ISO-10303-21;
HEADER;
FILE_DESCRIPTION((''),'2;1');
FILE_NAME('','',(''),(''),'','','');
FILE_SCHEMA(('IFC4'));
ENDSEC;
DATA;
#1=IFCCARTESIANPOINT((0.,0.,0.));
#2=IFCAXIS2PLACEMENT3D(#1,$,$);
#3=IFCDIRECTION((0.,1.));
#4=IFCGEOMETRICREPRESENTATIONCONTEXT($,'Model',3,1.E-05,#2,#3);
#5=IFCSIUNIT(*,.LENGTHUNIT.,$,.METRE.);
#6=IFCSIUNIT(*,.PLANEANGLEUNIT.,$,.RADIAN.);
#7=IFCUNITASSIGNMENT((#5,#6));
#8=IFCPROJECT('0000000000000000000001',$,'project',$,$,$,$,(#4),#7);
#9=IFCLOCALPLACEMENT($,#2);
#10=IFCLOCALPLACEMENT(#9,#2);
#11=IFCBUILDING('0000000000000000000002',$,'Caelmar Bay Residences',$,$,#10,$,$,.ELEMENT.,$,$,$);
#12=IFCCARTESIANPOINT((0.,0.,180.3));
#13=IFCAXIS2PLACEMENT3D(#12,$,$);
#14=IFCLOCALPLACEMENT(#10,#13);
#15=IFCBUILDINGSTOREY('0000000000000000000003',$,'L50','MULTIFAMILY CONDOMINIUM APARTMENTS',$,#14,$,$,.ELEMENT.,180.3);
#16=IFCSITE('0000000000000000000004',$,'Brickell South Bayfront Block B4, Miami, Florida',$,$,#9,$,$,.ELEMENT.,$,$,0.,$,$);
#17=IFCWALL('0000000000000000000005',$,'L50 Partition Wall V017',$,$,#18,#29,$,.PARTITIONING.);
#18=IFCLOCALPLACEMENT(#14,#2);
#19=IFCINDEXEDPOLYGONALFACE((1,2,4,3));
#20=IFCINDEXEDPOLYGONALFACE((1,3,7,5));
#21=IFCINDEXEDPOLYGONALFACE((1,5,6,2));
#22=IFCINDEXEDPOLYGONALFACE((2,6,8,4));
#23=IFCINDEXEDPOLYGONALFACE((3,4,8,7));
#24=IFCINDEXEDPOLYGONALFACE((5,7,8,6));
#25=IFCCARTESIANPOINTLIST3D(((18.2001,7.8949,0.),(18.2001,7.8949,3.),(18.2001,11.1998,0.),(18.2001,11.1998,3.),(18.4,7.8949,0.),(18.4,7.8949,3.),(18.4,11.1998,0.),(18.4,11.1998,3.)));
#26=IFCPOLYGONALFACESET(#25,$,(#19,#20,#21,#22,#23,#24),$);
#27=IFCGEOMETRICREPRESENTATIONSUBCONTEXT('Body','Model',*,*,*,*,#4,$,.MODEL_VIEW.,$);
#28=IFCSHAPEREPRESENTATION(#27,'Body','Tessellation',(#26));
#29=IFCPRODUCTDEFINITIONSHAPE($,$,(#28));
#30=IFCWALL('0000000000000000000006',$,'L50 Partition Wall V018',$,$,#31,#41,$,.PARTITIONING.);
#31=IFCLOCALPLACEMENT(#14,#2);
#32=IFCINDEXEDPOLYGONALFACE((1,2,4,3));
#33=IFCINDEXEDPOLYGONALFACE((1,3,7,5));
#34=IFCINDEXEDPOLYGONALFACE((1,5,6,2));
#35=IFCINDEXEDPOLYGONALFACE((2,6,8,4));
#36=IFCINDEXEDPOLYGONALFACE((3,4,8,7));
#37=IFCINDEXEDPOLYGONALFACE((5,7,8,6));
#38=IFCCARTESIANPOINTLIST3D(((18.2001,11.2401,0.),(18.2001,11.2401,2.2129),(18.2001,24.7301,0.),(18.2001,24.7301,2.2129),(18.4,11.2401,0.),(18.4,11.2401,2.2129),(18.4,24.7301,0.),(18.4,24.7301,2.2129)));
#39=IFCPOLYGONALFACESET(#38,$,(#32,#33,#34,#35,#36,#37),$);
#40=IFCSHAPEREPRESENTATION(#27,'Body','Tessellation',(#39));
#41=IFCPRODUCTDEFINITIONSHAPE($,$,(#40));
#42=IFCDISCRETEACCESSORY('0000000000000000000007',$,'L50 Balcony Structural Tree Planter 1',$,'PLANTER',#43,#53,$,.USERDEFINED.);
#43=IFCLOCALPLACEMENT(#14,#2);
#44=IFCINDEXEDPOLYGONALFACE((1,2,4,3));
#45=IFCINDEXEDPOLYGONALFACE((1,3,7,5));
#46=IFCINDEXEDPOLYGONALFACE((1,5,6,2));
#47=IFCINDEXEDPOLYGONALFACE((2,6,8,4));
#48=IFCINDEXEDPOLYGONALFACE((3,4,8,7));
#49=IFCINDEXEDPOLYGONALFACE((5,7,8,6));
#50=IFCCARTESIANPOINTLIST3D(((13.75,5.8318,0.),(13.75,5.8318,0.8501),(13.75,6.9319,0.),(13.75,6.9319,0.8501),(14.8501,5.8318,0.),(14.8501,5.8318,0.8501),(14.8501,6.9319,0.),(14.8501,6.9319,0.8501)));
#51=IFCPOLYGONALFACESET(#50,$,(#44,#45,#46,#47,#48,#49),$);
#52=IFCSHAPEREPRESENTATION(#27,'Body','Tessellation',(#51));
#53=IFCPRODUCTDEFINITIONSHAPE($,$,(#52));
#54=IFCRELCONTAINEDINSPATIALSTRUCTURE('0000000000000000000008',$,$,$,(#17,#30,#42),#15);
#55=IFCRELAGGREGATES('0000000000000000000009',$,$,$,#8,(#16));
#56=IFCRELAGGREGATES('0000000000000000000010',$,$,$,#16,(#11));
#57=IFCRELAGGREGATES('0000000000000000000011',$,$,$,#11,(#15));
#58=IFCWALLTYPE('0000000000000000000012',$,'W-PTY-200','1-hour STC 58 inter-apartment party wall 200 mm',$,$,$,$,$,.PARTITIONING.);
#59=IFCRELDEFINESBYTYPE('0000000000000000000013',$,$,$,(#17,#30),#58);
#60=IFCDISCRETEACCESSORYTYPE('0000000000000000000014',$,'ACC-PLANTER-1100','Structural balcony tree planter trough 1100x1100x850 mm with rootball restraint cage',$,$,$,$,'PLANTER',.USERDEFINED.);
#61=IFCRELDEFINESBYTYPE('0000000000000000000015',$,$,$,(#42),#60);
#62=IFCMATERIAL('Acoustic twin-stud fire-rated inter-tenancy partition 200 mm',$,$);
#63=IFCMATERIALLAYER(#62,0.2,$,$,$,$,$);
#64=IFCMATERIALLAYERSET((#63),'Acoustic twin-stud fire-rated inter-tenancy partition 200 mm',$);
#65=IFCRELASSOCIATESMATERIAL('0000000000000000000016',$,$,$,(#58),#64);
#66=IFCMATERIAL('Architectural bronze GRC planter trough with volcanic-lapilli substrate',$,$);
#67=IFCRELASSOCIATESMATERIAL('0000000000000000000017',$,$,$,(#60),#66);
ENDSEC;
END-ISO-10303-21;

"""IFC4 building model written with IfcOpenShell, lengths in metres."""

from ifc_helpers import new_model, si_unit, direction, frame, frame_2d, origin, origin_2d, place, context, subcontext, project, spatial, rectangle, extrude, material, layer, layer_set, type_object, element, save


model = new_model("IFC4")

# Units and contexts
model_context = context("Model", 3, precision=1e-05, world=origin(), true_north=direction((0.0, 1.0)))
body_context = subcontext(model_context, "Body", "Model", "MODEL_VIEW")
ifc_project = project(units=[si_unit("LENGTHUNIT", "METRE"), si_unit("PLANEANGLEUNIT", "RADIAN")], contexts=[model_context])

# Site, building, storey
site_placement = place(None, origin())
site = spatial("IfcSite", under=ifc_project, at=site_placement, Name="Brickell South Bayfront Block B4, Miami, Florida", CompositionType="ELEMENT", RefElevation=0.0)
building_placement = place(site_placement, origin())
building = spatial("IfcBuilding", under=site, at=building_placement, Name="Caelmar Bay Residences", CompositionType="ELEMENT")
storey_placement = place(building_placement, frame((0.0, 0.0, 180.3)))
storey = spatial("IfcBuildingStorey", under=building, at=storey_placement, Name="L50", Description="MULTIFAMILY CONDOMINIUM APARTMENTS", CompositionType="ELEMENT", Elevation=180.3)

# Walls
ifc_material_1 = material(Name="Acoustic twin-stud fire-rated inter-tenancy partition 200 mm")
ifc_layer_1 = layer(ifc_material_1, 0.2)
ifc_layer_set_1 = layer_set([ifc_layer_1], Name="Acoustic twin-stud fire-rated inter-tenancy partition 200 mm")
wall_type_1 = type_object("IfcWallType", Name="W-PTY-200", Description="1-hour STC 58 inter-apartment party wall 200 mm", PredefinedType="PARTITIONING", material=ifc_layer_set_1)
wall_1_placement = place(storey_placement, frame((18.3, 7.895, 0.0), z_axis=(0.0, 0.0, 1.0), x_axis=(0.0, 1.0, 0.0)))
element("IfcWall", 1, at=wall_1_placement, inside=storey, type_object=wall_type_1, Name="L50 Partition Wall V017", PredefinedType="PARTITIONING", context=body_context, shape_type="SweptSolid", body=[
    extrude(rectangle(XDim=3.3049, YDim=0.2, at=frame_2d((1.6523, 0.0))), origin(), (0.0, 0.0, 1.0), 3.0),
])
wall_2_placement = place(storey_placement, frame((18.3, 11.24, 0.0), z_axis=(0.0, 0.0, 1.0), x_axis=(0.0, 1.0, 0.0)))
element("IfcWall", 2, at=wall_2_placement, inside=storey, type_object=wall_type_1, Name="L50 Partition Wall V018", PredefinedType="PARTITIONING", context=body_context, shape_type="SweptSolid", body=[
    extrude(rectangle(XDim=13.49, YDim=0.2, at=frame_2d((6.7451, 0.0))), origin(), (0.0, 0.0, 1.0), 2.2129),
])

# Discrete accessory
ifc_material_2 = material(Name="Architectural bronze GRC planter trough with volcanic-lapilli substrate")
discrete_accessory_type = type_object("IfcDiscreteAccessoryType", Name="ACC-PLANTER-1100", Description="Structural balcony tree planter trough 1100x1100x850 mm with rootball restraint cage", ElementType="PLANTER", PredefinedType="USERDEFINED", material=ifc_material_2)
discrete_accessory_placement = place(storey_placement, frame((14.3, 6.3818, 0.0), z_axis=(0.0, 0.0, 1.0), x_axis=(1.0, 0.0, 0.0)))
element("IfcDiscreteAccessory", 3, at=discrete_accessory_placement, inside=storey, type_object=discrete_accessory_type, Name="L50 Balcony Structural Tree Planter 1", ObjectType="PLANTER", PredefinedType="USERDEFINED", context=body_context, shape_type="SweptSolid", body=[
    extrude(rectangle(XDim=1.1001, YDim=1.1001, at=origin_2d()), origin(), (0.0, 0.0, 1.0), 0.8501),
])

save(model, "model.ifc")
